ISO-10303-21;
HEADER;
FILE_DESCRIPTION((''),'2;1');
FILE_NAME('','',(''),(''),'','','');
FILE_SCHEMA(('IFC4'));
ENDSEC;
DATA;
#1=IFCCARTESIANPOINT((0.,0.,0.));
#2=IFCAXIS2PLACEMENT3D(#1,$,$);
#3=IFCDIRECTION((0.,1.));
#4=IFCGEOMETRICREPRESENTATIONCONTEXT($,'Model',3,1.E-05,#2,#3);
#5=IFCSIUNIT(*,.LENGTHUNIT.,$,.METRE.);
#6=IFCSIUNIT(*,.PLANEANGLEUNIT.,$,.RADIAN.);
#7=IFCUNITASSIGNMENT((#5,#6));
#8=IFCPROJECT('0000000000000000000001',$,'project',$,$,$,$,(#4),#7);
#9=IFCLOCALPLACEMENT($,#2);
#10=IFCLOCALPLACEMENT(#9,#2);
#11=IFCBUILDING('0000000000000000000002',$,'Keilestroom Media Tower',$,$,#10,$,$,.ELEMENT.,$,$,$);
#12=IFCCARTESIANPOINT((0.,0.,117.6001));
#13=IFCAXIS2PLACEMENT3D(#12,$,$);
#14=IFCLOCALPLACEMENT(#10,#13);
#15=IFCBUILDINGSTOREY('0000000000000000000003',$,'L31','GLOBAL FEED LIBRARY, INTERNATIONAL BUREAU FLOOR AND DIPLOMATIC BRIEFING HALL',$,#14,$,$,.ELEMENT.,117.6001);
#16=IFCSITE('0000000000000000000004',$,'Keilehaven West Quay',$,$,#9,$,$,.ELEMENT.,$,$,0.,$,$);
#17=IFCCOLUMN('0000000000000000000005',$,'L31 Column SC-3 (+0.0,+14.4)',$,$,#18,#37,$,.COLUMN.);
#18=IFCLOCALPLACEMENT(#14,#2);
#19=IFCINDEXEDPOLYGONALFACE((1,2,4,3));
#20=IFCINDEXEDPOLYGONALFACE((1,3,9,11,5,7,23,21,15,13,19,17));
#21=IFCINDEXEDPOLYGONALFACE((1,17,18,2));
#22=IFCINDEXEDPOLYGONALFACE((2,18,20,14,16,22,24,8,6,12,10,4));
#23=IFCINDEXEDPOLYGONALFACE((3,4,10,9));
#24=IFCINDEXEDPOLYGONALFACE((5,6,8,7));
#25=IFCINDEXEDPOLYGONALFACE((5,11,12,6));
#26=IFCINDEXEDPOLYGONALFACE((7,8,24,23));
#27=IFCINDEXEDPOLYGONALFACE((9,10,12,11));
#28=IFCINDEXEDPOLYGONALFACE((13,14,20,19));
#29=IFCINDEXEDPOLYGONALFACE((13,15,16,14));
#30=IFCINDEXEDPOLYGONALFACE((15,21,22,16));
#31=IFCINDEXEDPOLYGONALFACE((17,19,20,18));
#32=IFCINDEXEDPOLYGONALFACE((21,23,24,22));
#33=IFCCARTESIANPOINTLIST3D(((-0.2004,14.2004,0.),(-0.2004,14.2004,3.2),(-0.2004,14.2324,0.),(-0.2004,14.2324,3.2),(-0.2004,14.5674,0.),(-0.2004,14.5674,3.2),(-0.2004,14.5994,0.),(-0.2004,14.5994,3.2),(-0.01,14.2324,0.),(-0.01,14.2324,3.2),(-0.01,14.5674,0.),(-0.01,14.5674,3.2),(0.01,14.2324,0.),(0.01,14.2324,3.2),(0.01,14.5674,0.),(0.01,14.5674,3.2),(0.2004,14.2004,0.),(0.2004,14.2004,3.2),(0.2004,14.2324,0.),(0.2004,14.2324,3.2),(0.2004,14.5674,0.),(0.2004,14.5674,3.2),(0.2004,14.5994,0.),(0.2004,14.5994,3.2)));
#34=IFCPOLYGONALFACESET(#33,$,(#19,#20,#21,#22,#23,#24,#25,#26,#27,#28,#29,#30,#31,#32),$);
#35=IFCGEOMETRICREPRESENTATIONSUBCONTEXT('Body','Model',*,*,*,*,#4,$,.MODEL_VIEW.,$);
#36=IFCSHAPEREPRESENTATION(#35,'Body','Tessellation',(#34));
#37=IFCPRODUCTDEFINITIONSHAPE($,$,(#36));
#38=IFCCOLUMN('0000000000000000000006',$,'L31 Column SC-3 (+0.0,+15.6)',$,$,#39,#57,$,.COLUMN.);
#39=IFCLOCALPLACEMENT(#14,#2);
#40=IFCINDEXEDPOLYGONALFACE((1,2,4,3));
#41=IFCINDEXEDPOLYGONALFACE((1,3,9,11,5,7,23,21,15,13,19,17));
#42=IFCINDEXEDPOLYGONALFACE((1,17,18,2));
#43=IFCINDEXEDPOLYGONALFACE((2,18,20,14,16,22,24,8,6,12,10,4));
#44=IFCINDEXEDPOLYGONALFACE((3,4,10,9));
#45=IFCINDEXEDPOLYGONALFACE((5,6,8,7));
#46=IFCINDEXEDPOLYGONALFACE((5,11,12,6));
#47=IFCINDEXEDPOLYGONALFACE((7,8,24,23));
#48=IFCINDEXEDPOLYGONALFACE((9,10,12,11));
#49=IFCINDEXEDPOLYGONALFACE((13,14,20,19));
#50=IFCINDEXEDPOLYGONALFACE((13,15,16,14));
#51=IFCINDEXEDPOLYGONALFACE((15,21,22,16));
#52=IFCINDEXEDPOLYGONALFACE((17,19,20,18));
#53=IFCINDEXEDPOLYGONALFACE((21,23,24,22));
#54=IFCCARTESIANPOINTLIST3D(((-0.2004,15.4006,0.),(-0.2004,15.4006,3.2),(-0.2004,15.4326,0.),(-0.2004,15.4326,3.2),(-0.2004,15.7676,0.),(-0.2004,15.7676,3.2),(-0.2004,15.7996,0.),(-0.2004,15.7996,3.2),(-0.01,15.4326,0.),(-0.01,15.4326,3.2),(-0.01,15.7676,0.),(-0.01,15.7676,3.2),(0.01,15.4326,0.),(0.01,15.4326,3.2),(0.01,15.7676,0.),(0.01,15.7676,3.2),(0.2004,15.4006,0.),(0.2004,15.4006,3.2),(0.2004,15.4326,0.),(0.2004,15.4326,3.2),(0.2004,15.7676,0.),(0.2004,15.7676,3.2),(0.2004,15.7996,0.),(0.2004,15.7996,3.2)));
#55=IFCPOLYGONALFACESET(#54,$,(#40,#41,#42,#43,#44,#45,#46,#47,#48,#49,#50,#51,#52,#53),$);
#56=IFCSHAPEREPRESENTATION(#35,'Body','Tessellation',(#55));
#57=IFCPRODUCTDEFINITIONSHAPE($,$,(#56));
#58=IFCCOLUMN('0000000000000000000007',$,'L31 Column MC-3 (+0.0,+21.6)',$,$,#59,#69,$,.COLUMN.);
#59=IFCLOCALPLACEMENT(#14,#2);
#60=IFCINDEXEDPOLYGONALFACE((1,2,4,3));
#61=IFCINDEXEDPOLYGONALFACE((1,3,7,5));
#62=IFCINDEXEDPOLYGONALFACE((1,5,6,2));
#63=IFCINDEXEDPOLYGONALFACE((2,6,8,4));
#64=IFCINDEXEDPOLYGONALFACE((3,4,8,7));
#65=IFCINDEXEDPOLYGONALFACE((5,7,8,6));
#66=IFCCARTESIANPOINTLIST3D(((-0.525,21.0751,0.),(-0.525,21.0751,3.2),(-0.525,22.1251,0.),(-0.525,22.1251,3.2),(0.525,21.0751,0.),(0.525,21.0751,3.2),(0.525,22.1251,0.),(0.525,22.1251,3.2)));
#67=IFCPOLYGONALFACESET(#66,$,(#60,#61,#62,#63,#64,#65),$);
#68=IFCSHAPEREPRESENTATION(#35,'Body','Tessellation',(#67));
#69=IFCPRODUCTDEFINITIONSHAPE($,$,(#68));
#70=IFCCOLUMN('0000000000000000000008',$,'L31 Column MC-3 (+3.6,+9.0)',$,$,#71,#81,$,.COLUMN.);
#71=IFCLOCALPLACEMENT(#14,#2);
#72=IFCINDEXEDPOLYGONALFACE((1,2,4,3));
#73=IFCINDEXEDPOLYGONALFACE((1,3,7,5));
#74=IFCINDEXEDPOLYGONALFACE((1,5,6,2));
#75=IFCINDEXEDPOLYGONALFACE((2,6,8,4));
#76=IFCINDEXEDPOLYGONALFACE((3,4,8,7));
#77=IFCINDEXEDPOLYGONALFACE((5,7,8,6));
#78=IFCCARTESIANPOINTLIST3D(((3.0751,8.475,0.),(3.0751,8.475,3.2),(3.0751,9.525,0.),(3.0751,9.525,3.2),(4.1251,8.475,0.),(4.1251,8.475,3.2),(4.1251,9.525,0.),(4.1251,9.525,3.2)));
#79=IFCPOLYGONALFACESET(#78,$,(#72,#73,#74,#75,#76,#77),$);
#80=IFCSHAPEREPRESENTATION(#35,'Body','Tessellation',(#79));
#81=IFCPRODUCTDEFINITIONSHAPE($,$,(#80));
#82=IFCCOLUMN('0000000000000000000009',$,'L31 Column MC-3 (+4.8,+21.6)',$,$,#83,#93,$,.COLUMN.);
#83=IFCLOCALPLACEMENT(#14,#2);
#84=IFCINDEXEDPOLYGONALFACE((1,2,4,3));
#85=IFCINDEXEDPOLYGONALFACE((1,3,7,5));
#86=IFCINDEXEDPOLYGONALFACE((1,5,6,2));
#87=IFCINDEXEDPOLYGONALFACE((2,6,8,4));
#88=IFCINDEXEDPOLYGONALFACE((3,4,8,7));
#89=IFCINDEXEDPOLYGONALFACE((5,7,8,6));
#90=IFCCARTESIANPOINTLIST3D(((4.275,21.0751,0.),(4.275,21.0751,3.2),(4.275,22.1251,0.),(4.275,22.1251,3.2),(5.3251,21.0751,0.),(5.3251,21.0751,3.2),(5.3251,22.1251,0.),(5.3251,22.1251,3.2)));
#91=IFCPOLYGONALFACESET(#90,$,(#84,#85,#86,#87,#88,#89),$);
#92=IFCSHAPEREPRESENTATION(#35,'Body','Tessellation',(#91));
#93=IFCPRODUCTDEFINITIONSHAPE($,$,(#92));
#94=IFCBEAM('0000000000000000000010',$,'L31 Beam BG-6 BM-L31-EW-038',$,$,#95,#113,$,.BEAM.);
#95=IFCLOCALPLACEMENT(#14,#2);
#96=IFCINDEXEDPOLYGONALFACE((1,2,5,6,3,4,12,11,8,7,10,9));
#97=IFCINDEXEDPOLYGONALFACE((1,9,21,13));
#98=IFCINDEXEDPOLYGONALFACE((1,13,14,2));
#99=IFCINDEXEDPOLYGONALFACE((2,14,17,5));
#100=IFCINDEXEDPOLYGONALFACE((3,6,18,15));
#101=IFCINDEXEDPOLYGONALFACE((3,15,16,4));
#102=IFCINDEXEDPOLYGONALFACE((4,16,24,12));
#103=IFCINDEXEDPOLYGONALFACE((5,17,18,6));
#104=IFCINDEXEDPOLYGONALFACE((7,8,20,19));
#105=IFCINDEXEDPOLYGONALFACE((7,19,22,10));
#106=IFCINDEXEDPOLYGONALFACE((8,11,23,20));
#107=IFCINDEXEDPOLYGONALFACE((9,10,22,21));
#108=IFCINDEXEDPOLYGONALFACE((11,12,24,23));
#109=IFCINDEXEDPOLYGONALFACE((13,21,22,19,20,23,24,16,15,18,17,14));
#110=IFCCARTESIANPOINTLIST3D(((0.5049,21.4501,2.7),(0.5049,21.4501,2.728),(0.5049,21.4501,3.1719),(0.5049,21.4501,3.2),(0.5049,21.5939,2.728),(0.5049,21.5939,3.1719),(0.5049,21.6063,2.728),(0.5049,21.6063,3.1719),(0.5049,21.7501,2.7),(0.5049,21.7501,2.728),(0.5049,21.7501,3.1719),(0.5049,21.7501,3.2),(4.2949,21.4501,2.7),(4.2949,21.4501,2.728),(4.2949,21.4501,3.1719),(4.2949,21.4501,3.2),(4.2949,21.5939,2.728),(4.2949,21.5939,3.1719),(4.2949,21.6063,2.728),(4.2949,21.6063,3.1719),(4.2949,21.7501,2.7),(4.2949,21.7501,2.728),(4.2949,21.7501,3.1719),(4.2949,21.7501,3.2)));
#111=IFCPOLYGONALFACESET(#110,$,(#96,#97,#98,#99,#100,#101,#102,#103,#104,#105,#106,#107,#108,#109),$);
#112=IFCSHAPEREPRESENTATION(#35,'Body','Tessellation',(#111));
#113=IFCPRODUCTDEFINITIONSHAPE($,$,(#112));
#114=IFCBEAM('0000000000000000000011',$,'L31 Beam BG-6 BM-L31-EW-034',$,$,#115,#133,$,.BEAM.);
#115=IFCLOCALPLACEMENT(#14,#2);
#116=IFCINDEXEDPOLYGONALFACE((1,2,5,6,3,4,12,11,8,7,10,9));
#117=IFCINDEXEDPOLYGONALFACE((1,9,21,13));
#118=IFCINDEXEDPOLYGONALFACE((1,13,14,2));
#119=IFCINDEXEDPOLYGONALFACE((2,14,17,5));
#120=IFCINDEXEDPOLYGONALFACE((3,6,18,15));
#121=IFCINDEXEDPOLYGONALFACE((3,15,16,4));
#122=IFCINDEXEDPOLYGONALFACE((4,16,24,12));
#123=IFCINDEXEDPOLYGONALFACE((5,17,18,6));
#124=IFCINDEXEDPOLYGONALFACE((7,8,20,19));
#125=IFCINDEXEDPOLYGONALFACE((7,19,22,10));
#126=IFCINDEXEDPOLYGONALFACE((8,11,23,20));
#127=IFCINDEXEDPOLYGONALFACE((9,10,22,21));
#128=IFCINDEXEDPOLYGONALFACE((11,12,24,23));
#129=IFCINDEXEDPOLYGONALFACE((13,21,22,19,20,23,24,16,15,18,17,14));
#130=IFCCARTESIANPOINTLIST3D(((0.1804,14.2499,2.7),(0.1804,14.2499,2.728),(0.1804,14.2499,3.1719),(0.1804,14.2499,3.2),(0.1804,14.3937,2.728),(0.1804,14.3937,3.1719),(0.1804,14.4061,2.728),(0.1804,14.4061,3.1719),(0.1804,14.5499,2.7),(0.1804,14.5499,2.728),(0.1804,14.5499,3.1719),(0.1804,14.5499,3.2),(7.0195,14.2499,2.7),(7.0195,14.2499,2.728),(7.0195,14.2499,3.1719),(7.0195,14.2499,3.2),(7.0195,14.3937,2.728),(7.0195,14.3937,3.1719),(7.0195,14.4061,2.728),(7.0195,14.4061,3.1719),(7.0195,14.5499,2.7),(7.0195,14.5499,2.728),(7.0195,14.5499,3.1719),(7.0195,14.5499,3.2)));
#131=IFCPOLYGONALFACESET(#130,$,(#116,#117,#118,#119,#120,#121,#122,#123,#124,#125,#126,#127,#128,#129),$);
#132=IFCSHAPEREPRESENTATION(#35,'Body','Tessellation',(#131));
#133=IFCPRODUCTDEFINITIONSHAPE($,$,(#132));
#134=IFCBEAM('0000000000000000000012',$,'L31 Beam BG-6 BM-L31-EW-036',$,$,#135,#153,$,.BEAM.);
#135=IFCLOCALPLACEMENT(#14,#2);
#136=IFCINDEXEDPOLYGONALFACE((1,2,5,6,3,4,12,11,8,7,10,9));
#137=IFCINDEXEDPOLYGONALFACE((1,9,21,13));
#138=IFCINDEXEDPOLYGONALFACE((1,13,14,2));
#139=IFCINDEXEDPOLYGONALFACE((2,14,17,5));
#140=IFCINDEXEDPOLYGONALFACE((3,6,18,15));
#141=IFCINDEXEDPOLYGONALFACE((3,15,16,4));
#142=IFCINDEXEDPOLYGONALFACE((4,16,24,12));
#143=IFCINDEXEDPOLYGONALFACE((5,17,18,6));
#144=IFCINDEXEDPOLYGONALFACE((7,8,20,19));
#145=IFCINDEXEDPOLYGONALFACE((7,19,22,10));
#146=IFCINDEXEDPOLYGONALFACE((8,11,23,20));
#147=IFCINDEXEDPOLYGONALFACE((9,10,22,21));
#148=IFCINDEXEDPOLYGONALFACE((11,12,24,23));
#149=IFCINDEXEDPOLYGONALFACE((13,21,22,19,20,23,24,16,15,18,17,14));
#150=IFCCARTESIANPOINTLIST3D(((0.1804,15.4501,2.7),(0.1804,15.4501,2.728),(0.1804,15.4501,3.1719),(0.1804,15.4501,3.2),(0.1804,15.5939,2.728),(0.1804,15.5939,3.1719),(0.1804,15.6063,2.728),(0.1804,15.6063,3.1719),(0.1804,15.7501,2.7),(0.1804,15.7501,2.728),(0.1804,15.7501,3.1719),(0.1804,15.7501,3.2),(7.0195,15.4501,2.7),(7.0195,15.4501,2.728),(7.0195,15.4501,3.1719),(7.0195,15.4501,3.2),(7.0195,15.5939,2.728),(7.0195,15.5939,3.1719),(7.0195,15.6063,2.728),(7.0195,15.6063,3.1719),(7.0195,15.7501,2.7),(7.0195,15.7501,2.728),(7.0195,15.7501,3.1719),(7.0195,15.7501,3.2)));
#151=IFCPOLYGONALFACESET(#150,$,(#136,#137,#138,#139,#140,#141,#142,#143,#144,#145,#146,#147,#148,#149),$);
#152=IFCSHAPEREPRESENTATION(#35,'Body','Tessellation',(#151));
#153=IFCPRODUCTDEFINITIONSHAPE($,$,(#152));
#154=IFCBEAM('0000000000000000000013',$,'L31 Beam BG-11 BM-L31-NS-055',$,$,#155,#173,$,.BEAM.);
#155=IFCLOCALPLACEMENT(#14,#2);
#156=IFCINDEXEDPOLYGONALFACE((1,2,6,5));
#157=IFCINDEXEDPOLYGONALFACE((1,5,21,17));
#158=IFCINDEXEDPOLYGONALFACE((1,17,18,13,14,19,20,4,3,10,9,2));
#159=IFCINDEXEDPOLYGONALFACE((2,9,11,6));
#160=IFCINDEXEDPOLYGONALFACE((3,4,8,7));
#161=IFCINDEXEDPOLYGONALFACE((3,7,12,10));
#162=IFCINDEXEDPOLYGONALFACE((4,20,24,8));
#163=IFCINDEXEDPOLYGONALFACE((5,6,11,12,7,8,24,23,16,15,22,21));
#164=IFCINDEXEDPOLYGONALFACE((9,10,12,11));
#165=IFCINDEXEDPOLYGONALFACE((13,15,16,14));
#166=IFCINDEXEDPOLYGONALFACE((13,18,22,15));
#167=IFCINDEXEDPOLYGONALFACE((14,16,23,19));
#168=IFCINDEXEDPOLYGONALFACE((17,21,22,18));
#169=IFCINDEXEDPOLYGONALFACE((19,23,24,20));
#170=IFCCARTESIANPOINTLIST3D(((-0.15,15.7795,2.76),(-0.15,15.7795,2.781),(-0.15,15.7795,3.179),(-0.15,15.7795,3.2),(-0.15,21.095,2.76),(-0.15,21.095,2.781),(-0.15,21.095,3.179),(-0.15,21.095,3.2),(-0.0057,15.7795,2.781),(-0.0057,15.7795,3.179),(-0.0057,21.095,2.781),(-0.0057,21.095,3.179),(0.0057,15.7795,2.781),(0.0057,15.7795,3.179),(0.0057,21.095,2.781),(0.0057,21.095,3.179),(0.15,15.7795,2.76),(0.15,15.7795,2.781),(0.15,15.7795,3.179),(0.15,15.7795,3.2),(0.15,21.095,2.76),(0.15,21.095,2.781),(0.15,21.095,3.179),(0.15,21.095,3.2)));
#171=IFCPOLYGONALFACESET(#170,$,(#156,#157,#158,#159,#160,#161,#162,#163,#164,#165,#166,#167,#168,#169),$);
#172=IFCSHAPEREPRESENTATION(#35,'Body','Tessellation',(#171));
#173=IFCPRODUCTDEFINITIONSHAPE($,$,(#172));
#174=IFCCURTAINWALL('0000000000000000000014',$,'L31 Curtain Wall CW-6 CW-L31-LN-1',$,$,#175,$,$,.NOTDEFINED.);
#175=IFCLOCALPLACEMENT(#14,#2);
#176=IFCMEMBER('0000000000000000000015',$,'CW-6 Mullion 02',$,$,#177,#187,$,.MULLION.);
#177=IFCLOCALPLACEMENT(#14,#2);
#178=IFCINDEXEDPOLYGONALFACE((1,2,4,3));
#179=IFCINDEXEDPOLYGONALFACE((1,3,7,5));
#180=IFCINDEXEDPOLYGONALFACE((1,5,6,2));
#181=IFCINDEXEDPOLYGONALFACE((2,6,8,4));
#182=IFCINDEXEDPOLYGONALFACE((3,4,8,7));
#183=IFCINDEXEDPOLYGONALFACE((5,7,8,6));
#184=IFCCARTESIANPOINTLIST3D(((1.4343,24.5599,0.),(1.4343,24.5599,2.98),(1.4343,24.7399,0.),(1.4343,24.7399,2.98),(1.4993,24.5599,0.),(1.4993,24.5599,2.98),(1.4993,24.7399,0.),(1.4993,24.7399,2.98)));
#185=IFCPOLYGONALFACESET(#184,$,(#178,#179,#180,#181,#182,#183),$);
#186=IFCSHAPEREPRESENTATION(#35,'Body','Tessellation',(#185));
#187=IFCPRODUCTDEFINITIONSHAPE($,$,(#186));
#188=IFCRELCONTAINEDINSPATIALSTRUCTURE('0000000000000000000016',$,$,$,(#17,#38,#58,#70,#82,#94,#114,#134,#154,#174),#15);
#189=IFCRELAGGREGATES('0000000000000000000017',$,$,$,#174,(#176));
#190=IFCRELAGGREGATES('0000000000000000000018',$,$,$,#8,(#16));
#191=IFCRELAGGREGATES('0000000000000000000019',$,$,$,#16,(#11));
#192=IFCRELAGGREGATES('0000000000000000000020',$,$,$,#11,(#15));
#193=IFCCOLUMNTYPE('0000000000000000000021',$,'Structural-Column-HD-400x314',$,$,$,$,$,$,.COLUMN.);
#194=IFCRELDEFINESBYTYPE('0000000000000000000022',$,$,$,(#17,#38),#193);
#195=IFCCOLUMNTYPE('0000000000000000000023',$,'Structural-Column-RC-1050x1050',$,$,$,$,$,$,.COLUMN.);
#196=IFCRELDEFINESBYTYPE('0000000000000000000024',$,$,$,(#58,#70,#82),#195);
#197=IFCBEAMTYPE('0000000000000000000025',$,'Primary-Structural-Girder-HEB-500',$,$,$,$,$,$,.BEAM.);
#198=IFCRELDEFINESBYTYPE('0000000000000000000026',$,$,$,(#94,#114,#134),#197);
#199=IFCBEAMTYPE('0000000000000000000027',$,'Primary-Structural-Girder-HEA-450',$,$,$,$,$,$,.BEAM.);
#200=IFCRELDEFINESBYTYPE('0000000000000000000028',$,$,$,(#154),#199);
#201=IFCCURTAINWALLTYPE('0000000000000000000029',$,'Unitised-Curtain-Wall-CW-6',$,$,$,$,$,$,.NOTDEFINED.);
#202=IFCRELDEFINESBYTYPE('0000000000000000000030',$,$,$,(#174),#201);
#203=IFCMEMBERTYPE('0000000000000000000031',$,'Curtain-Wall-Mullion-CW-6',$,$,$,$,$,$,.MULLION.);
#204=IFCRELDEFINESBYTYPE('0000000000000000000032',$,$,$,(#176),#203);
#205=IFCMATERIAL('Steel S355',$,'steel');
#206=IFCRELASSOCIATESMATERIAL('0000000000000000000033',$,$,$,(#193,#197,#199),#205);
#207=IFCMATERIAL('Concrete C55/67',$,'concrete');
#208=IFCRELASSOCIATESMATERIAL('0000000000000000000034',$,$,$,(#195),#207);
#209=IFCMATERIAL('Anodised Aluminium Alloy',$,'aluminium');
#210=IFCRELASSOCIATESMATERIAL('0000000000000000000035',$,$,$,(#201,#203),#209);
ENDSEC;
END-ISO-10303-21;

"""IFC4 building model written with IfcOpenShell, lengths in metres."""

from ifc_helpers import new_model, si_unit, direction, frame, origin, origin_2d, place, context, subcontext, project, spatial, rectangle, i_section, extrude, source, transform, mapped, material, material_profile, profile_set, type_object, element, aggregate, save


model = new_model("IFC4")

# Units and contexts
model_context = context("Model", 3, precision=1e-05, world=origin(), true_north=direction((0.0, 1.0)))
body_context = subcontext(model_context, "Body", "Model", "MODEL_VIEW")
ifc_project = project(units=[si_unit("LENGTHUNIT", "METRE"), si_unit("PLANEANGLEUNIT", "RADIAN")], contexts=[model_context])

# Site, building, storey
site_placement = place(None, origin())
site = spatial("IfcSite", under=ifc_project, at=site_placement, Name="Keilehaven West Quay", CompositionType="ELEMENT", RefElevation=0.0)
building_placement = place(site_placement, origin())
building = spatial("IfcBuilding", under=site, at=building_placement, Name="Keilestroom Media Tower", CompositionType="ELEMENT")
storey_placement = place(building_placement, frame((0.0, 0.0, 117.6001)))
storey = spatial("IfcBuildingStorey", under=building, at=storey_placement, Name="L31", Description="GLOBAL FEED LIBRARY, INTERNATIONAL BUREAU FLOOR AND DIPLOMATIC BRIEFING HALL", CompositionType="ELEMENT", Elevation=117.6001)

# Columns
ifc_material_1 = material(Name="Steel S355", Category="steel")
ifc_material_profile_1 = material_profile(ifc_material_1, i_section(OverallWidth=0.4009, OverallDepth=0.3989, WebThickness=0.02, FlangeThickness=0.032, at=origin_2d()), Name="HD 400x314")
ifc_profile_set_1 = profile_set([ifc_material_profile_1], Name="Steel S355")
column_type_1 = type_object("IfcColumnType", Name="Structural-Column-HD-400x314", PredefinedType="COLUMN", material=ifc_profile_set_1)
shared_shape_1 = source(origin(), body_context, "Body", "SweptSolid", [
    extrude(i_section(OverallWidth=0.4009, OverallDepth=0.3989, WebThickness=0.02, FlangeThickness=0.032, at=origin_2d()), origin(), (0.0, 0.0, 1.0), 3.2),
])
for number, where, z_axis, x_axis, name in (
    (1, (0.0, 14.3999, 0.0), (0.0, 0.0, 1.0), (1.0, 0.0, 0.0), "L31 Column SC-3 (+0.0,+14.4)"),
    (2, (0.0, 15.6001, 0.0), (0.0, 0.0, 1.0), (1.0, 0.0, 0.0), "L31 Column SC-3 (+0.0,+15.6)"),
):
    element("IfcColumn", number, at=place(storey_placement, frame(where, z_axis=z_axis, x_axis=x_axis)), inside=storey, type_object=column_type_1, Name=name, PredefinedType="COLUMN", context=body_context, shape_type="MappedRepresentation", body=[
        mapped(shared_shape_1, transform((0.0, 0.0, 0.0), x_axis=(1.0, 0.0, 0.0), y_axis=(0.0, 1.0, 0.0), z_axis=(0.0, 0.0, 1.0), scale=1.0)),
    ])
ifc_material_2 = material(Name="Concrete C55/67", Category="concrete")
ifc_material_profile_2 = material_profile(ifc_material_2, rectangle(XDim=1.05, YDim=1.05, at=origin_2d()), Name="RC 1050x1050")
ifc_profile_set_2 = profile_set([ifc_material_profile_2], Name="Concrete C55/67")
column_type_2 = type_object("IfcColumnType", Name="Structural-Column-RC-1050x1050", PredefinedType="COLUMN", material=ifc_profile_set_2)
shared_shape_2 = source(origin(), body_context, "Body", "SweptSolid", [
    extrude(rectangle(XDim=1.05, YDim=1.05, at=origin_2d()), origin(), (0.0, 0.0, 1.0), 3.2),
])
for number, where, z_axis, x_axis, name in (
    (3, (0.0, 21.6001, 0.0), (0.0, 0.0, 1.0), (1.0, 0.0, 0.0), "L31 Column MC-3 (+0.0,+21.6)"),
    (4, (3.6001, 9.0, 0.0), (0.0, 0.0, 1.0), (1.0, 0.0, 0.0), "L31 Column MC-3 (+3.6,+9.0)"),
    (5, (4.8, 21.6001, 0.0), (0.0, 0.0, 1.0), (1.0, 0.0, 0.0), "L31 Column MC-3 (+4.8,+21.6)"),
):
    element("IfcColumn", number, at=place(storey_placement, frame(where, z_axis=z_axis, x_axis=x_axis)), inside=storey, type_object=column_type_2, Name=name, PredefinedType="COLUMN", context=body_context, shape_type="MappedRepresentation", body=[
        mapped(shared_shape_2, transform((0.0, 0.0, 0.0), x_axis=(1.0, 0.0, 0.0), y_axis=(0.0, 1.0, 0.0), z_axis=(0.0, 0.0, 1.0), scale=1.0)),
    ])

# Beams
ifc_material_profile_3 = material_profile(ifc_material_1, i_section(OverallWidth=0.3, OverallDepth=0.5, WebThickness=0.0125, FlangeThickness=0.0281, at=origin_2d()), Name="HEB 500")
ifc_profile_set_3 = profile_set([ifc_material_profile_3], Name="Steel S355")
beam_type_1 = type_object("IfcBeamType", Name="Primary-Structural-Girder-HEB-500", PredefinedType="BEAM", material=ifc_profile_set_3)
shared_shape_3 = source(origin(), body_context, "Body", "SweptSolid", [
    extrude(i_section(OverallWidth=0.3, OverallDepth=0.5, WebThickness=0.0125, FlangeThickness=0.0281, at=origin_2d()), origin(), (0.0, 0.0, 1.0), 3.79),
])
beam_1_placement = place(storey_placement, frame((0.5049, 21.6001, 2.95), z_axis=(1.0, 0.0, 0.0), x_axis=(0.0, 1.0, 0.0)))
element("IfcBeam", 6, at=beam_1_placement, inside=storey, type_object=beam_type_1, Name="L31 Beam BG-6 BM-L31-EW-038", PredefinedType="BEAM", context=body_context, shape_type="MappedRepresentation", body=[
    mapped(shared_shape_3, transform((0.0, 0.0, 0.0), x_axis=(1.0, 0.0, 0.0), y_axis=(0.0, 1.0, 0.0), z_axis=(0.0, 0.0, 1.0), scale=1.0)),
])
shared_shape_4 = source(origin(), body_context, "Body", "SweptSolid", [
    extrude(i_section(OverallWidth=0.3, OverallDepth=0.5, WebThickness=0.0125, FlangeThickness=0.0281, at=origin_2d()), origin(), (0.0, 0.0, 1.0), 6.8391),
])
for number, where, z_axis, x_axis, name in (
    (7, (0.1804, 14.3999, 2.95), (1.0, 0.0, 0.0), (0.0, 1.0, 0.0), "L31 Beam BG-6 BM-L31-EW-034"),
    (8, (0.1804, 15.6001, 2.95), (1.0, 0.0, 0.0), (0.0, 1.0, 0.0), "L31 Beam BG-6 BM-L31-EW-036"),
):
    element("IfcBeam", number, at=place(storey_placement, frame(where, z_axis=z_axis, x_axis=x_axis)), inside=storey, type_object=beam_type_1, Name=name, PredefinedType="BEAM", context=body_context, shape_type="MappedRepresentation", body=[
        mapped(shared_shape_4, transform((0.0, 0.0, 0.0), x_axis=(1.0, 0.0, 0.0), y_axis=(0.0, 1.0, 0.0), z_axis=(0.0, 0.0, 1.0), scale=1.0)),
    ])
ifc_material_profile_4 = material_profile(ifc_material_1, i_section(OverallWidth=0.3, OverallDepth=0.4399, WebThickness=0.0115, FlangeThickness=0.021, at=origin_2d()), Name="HEA 450")
ifc_profile_set_4 = profile_set([ifc_material_profile_4], Name="Steel S355")
beam_type_2 = type_object("IfcBeamType", Name="Primary-Structural-Girder-HEA-450", PredefinedType="BEAM", material=ifc_profile_set_4)
shared_shape_5 = source(origin(), body_context, "Body", "SweptSolid", [
    extrude(i_section(OverallWidth=0.3, OverallDepth=0.4399, WebThickness=0.0115, FlangeThickness=0.021, at=origin_2d()), origin(), (0.0, 0.0, 1.0), 5.3154),
])
beam_2_placement = place(storey_placement, frame((0.0, 15.7795, 2.98), z_axis=(0.0, 1.0, 0.0), x_axis=(-1.0, 0.0, 0.0)))
element("IfcBeam", 9, at=beam_2_placement, inside=storey, type_object=beam_type_2, Name="L31 Beam BG-11 BM-L31-NS-055", PredefinedType="BEAM", context=body_context, shape_type="MappedRepresentation", body=[
    mapped(shared_shape_5, transform((0.0, 0.0, 0.0), x_axis=(1.0, 0.0, 0.0), y_axis=(0.0, 1.0, 0.0), z_axis=(0.0, 0.0, 1.0), scale=1.0)),
])

# Curtain wall, member
ifc_material_3 = material(Name="Anodised Aluminium Alloy", Category="aluminium")
curtain_wall_type = type_object("IfcCurtainWallType", Name="Unitised-Curtain-Wall-CW-6", PredefinedType="NOTDEFINED", material=ifc_material_3)
curtain_wall_placement = place(storey_placement, origin())
curtain_wall = element("IfcCurtainWall", 10, at=curtain_wall_placement, inside=storey, type_object=curtain_wall_type, Name="L31 Curtain Wall CW-6 CW-L31-LN-1", PredefinedType="NOTDEFINED")
ifc_material_profile_5 = material_profile(ifc_material_3, rectangle(XDim=0.0649, YDim=0.1799, at=origin_2d()), Name="ALU MULLION 65x180")
ifc_profile_set_5 = profile_set([ifc_material_profile_5], Name="Anodised Aluminium Alloy")
member_type_1 = type_object("IfcMemberType", Name="Curtain-Wall-Mullion-CW-6", PredefinedType="MULLION", material=ifc_profile_set_5)
shared_shape_6 = source(origin(), body_context, "Body", "SweptSolid", [
    extrude(rectangle(XDim=0.0649, YDim=0.1799, at=origin_2d()), origin(), (0.0, 0.0, 1.0), 2.98),
])
member_1_placement = place(storey_placement, frame((1.4668, 24.6499, 0.0), z_axis=(0.0, 0.0, 1.0), x_axis=(1.0, 0.0, 0.0)))
member_1 = element("IfcMember", 11, at=member_1_placement, type_object=member_type_1, Name="CW-6 Mullion 02", PredefinedType="MULLION", context=body_context, shape_type="MappedRepresentation", body=[
    mapped(shared_shape_6, transform((0.0, 0.0, 0.0), x_axis=(1.0, 0.0, 0.0), y_axis=(0.0, 1.0, 0.0), z_axis=(0.0, 0.0, 1.0), scale=1.0)),
])
aggregate(curtain_wall, [member_1])

save(model, "model.ifc")
